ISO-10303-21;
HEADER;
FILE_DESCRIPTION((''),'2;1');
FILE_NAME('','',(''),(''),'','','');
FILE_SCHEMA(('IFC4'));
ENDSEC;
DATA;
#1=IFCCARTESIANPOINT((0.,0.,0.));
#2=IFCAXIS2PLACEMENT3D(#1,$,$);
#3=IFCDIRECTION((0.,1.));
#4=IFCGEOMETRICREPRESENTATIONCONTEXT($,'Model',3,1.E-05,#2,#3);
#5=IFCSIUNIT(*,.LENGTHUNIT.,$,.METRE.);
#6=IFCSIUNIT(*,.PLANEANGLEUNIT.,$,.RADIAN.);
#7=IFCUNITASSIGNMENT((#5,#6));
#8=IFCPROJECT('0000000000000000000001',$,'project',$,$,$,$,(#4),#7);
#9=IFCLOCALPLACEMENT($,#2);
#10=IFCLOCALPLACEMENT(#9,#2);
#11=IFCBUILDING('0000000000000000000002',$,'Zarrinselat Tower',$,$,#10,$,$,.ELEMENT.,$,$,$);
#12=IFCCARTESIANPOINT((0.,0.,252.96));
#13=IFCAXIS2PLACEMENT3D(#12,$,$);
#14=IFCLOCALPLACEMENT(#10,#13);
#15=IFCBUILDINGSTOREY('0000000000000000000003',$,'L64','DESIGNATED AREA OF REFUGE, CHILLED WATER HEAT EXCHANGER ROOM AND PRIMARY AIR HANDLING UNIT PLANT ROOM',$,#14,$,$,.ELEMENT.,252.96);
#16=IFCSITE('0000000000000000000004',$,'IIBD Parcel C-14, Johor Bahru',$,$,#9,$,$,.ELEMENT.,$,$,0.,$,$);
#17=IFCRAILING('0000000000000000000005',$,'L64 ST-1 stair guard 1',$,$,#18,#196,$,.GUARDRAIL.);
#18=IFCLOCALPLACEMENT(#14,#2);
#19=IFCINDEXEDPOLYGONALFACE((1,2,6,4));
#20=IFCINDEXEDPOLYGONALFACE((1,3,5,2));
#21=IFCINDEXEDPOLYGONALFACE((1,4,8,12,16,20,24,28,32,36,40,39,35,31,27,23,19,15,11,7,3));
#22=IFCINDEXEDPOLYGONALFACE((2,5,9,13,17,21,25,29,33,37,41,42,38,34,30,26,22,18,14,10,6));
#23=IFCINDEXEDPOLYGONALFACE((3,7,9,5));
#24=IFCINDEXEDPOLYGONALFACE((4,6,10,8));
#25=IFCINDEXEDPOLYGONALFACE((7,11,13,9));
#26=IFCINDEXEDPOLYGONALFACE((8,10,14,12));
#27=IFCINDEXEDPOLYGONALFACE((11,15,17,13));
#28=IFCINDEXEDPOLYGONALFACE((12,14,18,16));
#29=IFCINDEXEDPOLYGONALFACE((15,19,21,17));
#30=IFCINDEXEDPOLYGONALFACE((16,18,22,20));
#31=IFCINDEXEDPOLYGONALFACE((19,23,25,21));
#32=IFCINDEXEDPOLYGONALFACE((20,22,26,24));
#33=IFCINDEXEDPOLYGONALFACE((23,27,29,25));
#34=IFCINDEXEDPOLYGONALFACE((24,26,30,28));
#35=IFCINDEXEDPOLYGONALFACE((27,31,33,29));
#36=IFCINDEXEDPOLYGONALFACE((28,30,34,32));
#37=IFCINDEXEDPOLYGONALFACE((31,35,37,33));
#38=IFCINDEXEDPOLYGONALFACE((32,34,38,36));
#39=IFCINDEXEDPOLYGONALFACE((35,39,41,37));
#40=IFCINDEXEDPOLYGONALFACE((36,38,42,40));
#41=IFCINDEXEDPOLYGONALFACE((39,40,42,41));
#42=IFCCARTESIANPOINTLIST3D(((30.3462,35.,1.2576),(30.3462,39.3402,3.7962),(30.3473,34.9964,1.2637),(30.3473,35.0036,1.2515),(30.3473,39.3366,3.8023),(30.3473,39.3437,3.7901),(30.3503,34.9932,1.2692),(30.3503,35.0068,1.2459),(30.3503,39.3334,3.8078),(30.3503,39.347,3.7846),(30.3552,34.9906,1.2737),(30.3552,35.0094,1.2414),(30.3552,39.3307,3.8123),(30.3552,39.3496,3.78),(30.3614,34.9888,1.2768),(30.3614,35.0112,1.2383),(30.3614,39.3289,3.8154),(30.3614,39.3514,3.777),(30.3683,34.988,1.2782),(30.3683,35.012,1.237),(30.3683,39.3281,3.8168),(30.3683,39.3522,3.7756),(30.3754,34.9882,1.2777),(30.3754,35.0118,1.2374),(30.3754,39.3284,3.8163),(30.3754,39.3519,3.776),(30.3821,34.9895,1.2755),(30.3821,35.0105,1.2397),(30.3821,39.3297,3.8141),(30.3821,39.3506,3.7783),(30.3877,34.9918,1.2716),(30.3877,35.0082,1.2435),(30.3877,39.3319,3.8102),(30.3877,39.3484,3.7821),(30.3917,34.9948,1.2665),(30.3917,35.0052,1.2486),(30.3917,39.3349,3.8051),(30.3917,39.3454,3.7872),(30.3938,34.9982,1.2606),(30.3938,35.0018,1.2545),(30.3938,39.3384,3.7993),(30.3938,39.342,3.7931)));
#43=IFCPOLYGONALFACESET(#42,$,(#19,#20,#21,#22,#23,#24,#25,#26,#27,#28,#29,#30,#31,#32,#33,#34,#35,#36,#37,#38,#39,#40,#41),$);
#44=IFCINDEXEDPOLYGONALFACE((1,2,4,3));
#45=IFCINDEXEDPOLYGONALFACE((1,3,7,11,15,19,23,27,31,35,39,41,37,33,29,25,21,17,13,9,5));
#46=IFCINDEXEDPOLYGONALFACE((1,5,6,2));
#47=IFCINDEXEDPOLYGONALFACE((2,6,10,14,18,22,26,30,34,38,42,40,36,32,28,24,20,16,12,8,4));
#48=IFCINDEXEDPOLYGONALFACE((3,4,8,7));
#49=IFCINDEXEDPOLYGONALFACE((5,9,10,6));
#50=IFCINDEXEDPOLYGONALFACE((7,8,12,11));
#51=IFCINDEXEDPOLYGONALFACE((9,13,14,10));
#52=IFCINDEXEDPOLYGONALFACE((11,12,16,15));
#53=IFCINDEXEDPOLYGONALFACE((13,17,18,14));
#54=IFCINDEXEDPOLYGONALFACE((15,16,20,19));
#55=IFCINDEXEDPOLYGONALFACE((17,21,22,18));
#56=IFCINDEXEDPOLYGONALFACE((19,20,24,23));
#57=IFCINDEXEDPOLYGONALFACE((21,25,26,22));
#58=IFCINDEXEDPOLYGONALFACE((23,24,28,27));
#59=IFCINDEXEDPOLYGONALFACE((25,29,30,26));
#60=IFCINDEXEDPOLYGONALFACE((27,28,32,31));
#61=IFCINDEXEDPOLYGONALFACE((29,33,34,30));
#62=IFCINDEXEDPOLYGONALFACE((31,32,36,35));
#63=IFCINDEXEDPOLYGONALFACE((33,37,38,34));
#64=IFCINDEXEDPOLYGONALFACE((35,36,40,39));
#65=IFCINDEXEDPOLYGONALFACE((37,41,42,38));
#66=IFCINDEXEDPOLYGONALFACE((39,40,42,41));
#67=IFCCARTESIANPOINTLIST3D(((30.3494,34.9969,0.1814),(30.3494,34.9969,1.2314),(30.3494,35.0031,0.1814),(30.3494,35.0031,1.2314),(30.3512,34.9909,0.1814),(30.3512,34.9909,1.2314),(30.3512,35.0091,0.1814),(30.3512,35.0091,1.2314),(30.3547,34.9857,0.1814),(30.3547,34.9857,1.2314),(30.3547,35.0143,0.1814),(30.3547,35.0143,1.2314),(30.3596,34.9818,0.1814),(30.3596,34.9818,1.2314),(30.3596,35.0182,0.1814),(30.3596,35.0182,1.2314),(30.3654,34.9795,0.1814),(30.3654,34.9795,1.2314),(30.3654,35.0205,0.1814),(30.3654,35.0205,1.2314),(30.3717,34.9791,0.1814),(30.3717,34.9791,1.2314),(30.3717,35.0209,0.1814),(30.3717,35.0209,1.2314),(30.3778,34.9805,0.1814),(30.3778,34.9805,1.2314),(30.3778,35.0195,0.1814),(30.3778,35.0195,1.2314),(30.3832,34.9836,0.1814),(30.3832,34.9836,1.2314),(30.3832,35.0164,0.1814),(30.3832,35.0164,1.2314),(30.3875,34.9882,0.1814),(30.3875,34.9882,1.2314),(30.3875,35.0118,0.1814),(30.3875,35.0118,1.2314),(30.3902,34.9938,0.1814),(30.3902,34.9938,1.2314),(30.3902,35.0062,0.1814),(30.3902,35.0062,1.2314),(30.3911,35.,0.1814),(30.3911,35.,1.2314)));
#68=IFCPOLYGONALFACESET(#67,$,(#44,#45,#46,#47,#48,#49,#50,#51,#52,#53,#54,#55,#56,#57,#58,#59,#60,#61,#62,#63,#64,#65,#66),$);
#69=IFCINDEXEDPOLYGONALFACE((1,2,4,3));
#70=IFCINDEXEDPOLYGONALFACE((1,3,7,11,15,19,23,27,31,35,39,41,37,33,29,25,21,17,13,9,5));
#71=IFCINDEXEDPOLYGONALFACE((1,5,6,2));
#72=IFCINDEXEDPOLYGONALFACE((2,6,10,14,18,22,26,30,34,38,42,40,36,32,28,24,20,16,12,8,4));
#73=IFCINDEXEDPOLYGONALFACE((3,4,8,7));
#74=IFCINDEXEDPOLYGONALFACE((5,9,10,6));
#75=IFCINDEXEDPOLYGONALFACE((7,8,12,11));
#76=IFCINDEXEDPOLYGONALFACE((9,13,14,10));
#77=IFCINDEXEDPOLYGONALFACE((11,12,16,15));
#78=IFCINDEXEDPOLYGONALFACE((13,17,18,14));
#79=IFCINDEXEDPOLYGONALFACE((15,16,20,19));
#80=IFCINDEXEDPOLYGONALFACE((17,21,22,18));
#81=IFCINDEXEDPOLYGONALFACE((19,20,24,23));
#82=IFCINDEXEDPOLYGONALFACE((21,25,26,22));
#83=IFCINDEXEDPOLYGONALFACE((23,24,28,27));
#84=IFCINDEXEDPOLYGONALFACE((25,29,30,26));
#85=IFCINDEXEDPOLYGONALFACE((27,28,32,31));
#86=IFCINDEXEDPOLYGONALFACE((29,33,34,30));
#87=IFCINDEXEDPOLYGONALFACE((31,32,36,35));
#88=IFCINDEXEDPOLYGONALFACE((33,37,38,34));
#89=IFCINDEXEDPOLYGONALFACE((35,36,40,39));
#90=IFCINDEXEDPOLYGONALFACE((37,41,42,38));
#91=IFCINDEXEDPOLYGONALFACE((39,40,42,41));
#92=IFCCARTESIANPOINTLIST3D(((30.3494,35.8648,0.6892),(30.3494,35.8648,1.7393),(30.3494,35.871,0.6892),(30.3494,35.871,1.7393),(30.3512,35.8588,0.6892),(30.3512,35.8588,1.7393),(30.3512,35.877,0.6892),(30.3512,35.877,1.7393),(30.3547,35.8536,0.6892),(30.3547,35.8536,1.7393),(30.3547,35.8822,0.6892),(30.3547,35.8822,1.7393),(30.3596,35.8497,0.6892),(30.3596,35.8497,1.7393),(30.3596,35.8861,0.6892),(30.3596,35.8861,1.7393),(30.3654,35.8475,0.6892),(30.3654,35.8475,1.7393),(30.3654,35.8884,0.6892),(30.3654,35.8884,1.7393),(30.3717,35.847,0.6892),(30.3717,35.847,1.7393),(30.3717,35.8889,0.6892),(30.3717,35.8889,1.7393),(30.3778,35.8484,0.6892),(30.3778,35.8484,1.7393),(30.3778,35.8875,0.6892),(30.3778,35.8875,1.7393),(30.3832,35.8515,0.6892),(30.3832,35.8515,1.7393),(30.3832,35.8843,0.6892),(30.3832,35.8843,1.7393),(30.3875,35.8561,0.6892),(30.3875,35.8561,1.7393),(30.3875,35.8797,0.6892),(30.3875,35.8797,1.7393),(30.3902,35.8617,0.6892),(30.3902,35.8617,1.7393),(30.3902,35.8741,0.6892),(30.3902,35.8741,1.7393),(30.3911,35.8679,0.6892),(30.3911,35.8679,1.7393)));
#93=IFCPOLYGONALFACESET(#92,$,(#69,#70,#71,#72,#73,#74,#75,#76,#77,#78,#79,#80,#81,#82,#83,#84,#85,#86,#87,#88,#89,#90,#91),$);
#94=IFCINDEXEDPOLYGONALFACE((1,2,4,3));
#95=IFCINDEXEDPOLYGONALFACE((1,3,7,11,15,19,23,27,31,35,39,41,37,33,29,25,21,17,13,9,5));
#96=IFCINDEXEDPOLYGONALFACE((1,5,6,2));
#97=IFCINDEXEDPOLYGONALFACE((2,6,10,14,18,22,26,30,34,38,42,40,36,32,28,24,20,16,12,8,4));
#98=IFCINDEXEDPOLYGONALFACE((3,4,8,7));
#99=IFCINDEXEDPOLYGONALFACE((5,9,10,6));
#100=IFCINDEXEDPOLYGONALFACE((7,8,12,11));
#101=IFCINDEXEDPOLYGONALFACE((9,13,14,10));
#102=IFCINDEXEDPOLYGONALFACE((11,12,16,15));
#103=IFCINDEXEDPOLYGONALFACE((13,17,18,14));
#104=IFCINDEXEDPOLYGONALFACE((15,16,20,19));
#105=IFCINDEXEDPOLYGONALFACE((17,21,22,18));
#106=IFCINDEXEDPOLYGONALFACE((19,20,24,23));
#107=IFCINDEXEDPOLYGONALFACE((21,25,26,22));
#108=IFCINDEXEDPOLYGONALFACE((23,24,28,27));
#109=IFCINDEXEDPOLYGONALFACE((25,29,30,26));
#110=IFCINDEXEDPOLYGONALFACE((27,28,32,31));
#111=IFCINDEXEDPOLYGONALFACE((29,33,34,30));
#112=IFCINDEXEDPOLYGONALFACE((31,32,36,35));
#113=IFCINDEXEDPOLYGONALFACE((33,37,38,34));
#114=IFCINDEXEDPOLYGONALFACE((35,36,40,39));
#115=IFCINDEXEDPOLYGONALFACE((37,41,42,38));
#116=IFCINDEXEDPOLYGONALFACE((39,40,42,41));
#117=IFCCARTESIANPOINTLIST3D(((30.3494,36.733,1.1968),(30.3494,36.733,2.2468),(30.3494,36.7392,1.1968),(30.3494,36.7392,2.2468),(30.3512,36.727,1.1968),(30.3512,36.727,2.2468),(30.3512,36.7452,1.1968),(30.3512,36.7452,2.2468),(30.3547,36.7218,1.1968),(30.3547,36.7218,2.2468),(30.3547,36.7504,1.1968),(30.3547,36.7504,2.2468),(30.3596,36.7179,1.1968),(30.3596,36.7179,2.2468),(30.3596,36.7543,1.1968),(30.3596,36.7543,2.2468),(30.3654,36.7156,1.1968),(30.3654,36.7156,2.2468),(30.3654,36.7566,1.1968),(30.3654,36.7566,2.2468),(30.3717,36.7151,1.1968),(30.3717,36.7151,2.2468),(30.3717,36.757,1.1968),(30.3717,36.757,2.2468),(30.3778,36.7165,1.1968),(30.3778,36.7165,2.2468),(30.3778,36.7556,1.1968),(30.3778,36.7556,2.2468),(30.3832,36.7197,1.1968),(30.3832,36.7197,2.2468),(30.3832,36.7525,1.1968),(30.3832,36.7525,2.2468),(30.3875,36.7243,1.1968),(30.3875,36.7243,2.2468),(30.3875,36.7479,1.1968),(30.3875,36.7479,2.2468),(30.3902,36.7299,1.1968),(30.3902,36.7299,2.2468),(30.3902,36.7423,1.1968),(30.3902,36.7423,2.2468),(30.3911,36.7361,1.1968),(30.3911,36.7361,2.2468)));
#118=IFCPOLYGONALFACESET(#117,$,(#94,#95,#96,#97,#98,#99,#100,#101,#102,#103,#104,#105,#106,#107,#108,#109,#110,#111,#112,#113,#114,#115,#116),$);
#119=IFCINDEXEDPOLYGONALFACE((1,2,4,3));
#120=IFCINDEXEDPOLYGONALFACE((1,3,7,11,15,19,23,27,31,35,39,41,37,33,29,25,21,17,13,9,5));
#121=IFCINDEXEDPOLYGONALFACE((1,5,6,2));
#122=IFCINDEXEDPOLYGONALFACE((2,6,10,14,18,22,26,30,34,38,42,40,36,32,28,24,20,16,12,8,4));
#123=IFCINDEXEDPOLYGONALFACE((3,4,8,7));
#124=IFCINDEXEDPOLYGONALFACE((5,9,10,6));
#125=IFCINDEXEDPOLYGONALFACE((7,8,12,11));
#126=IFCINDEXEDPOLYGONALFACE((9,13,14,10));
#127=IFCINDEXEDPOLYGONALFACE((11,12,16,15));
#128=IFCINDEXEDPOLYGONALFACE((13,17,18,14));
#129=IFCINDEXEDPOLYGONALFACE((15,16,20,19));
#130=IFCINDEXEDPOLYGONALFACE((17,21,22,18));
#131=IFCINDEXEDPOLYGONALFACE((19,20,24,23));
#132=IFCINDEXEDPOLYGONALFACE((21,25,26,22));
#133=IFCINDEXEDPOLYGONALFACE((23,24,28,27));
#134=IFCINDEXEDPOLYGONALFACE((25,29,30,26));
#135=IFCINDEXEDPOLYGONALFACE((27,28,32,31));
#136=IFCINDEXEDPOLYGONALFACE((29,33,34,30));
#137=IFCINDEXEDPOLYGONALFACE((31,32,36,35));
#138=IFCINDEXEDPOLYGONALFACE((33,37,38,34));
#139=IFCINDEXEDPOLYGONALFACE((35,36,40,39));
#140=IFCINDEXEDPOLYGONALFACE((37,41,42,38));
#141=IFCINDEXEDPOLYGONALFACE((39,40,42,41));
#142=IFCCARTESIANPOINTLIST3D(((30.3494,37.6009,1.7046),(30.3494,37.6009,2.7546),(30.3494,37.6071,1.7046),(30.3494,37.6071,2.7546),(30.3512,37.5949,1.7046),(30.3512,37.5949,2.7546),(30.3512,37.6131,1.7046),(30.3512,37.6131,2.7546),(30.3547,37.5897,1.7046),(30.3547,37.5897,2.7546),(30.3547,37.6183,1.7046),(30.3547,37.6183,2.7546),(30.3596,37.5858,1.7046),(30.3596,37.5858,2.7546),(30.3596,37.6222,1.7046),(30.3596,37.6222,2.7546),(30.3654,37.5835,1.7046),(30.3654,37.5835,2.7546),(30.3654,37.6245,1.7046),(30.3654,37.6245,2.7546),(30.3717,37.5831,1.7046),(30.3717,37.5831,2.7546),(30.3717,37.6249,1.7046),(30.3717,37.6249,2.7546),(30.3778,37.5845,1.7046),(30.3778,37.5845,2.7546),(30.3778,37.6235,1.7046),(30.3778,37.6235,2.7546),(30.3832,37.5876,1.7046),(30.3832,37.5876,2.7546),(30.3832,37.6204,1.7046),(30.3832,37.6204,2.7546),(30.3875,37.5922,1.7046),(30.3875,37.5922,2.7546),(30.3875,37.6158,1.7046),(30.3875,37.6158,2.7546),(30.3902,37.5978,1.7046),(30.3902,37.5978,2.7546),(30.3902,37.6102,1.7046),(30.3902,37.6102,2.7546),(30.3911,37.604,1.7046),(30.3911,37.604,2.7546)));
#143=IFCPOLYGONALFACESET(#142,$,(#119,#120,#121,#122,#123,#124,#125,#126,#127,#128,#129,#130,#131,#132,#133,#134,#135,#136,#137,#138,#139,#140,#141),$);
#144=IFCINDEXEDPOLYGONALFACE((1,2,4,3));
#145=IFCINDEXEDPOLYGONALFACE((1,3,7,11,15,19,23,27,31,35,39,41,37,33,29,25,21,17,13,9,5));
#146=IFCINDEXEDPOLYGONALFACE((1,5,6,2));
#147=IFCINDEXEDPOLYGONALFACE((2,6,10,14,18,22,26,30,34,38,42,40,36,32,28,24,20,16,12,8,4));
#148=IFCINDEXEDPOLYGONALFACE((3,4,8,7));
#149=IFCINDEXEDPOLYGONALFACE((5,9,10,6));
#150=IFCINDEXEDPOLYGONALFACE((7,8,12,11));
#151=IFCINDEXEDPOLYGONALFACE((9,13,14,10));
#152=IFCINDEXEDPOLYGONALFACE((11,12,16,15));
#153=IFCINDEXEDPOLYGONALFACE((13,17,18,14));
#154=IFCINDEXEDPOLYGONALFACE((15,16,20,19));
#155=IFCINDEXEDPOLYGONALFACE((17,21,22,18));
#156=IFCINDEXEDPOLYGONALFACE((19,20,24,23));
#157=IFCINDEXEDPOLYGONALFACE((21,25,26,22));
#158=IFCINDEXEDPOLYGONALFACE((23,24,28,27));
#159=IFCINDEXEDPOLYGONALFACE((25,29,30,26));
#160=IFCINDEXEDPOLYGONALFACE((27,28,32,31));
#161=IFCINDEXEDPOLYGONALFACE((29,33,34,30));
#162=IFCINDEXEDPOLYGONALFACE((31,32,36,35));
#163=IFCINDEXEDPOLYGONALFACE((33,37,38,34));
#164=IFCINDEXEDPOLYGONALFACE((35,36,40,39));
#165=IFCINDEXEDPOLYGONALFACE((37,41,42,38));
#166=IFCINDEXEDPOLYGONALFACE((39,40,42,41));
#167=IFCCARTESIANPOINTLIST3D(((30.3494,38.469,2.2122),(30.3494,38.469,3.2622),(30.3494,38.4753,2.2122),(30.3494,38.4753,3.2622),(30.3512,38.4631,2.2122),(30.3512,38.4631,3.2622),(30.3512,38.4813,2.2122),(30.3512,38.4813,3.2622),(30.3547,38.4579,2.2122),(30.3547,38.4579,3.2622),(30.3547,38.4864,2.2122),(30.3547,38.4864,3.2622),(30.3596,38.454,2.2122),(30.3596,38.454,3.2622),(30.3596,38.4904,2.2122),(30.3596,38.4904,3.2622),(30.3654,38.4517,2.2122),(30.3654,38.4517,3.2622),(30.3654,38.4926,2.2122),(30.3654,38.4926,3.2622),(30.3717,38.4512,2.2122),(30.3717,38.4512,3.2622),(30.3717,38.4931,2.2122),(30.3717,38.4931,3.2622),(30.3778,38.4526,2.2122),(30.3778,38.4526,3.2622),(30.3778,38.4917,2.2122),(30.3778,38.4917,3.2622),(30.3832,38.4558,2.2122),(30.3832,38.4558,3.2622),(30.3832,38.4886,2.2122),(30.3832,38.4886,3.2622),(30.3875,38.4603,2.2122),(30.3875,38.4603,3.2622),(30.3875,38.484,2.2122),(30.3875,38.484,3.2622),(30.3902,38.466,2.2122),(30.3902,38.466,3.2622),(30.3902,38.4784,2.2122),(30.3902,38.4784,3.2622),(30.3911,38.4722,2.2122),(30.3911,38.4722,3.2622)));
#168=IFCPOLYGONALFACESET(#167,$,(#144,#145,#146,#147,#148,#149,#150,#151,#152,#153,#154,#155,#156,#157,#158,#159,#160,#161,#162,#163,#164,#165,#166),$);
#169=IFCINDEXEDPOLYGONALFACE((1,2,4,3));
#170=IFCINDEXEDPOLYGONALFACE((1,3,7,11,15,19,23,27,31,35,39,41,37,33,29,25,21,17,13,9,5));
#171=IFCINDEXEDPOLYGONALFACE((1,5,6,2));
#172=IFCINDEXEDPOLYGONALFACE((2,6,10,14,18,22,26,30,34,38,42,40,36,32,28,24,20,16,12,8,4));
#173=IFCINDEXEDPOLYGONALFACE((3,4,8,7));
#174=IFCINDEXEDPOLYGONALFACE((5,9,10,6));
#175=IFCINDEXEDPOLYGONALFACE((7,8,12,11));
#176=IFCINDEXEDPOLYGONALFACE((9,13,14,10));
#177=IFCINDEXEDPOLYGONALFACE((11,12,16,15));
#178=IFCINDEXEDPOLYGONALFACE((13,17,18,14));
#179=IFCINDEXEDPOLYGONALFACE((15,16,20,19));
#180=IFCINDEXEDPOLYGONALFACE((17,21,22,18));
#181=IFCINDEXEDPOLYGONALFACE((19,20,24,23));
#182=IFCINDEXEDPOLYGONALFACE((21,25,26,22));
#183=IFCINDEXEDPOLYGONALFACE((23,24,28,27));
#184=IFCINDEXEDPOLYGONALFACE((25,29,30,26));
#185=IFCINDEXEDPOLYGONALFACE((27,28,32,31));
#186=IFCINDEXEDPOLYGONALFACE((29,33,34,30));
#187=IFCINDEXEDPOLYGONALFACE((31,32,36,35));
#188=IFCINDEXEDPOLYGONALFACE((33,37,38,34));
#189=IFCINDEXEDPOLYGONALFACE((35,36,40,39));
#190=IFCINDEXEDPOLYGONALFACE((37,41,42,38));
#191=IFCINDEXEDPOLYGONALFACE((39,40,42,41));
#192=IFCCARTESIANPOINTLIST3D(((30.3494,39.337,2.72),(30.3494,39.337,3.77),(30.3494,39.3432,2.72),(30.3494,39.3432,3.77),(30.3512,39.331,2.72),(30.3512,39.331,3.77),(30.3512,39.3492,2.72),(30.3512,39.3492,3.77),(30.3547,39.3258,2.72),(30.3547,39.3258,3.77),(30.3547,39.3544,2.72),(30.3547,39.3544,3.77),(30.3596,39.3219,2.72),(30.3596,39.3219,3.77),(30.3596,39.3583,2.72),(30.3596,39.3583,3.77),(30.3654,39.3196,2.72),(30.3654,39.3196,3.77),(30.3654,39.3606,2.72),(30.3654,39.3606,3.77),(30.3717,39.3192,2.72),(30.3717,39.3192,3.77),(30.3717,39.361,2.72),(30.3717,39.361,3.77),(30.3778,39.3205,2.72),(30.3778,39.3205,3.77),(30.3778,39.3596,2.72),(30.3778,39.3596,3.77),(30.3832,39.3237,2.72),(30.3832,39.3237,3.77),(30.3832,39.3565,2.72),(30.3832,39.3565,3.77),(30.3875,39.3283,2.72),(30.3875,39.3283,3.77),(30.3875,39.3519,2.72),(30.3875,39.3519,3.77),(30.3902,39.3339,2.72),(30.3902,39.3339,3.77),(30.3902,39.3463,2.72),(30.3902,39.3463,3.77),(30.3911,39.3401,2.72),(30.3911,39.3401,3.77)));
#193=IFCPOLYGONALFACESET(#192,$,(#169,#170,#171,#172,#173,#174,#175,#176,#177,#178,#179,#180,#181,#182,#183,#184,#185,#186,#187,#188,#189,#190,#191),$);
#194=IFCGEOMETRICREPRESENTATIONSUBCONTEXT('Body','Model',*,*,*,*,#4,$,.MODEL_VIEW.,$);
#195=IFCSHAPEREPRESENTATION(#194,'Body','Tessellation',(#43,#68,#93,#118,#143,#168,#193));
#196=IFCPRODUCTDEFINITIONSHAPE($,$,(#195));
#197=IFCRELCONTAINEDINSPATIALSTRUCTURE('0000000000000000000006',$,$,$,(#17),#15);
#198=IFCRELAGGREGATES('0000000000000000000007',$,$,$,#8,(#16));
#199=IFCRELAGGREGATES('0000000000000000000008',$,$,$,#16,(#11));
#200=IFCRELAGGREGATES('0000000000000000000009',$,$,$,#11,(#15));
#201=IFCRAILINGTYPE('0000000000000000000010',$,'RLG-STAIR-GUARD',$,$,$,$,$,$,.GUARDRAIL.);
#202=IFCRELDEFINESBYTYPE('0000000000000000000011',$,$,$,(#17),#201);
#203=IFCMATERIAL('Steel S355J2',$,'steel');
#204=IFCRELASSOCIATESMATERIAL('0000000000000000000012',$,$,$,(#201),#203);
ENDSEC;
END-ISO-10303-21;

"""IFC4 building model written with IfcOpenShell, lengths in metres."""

from ifc_helpers import new_model, si_unit, direction, frame, origin, origin_2d, place, context, subcontext, project, spatial, circle, extrude, material, type_object, element, save


model = new_model("IFC4")

# Units and contexts
model_context = context("Model", 3, precision=1e-05, world=origin(), true_north=direction((0.0, 1.0)))
body_context = subcontext(model_context, "Body", "Model", "MODEL_VIEW")
ifc_project = project(units=[si_unit("LENGTHUNIT", "METRE"), si_unit("PLANEANGLEUNIT", "RADIAN")], contexts=[model_context])

# Site, building, storey
site_placement = place(None, origin())
site = spatial("IfcSite", under=ifc_project, at=site_placement, Name="IIBD Parcel C-14, Johor Bahru", CompositionType="ELEMENT", RefElevation=0.0)
building_placement = place(site_placement, origin())
building = spatial("IfcBuilding", under=site, at=building_placement, Name="Zarrinselat Tower", CompositionType="ELEMENT")
storey_placement = place(building_placement, frame((0.0, 0.0, 252.96)))
storey = spatial("IfcBuildingStorey", under=building, at=storey_placement, Name="L64", Description="DESIGNATED AREA OF REFUGE, CHILLED WATER HEAT EXCHANGER ROOM AND PRIMARY AIR HANDLING UNIT PLANT ROOM", CompositionType="ELEMENT", Elevation=252.96)

# Railing
ifc_material_1 = material(Name="Steel S355J2", Category="steel")
railing_type_1 = type_object("IfcRailingType", Name="RLG-STAIR-GUARD", PredefinedType="GUARDRAIL", material=ifc_material_1)
railing_1_placement = place(storey_placement, frame((30.3701, 35.0, 0.1814)))
element("IfcRailing", 1, at=railing_1_placement, inside=storey, type_object=railing_type_1, Name="L64 ST-1 stair guard 1", PredefinedType="GUARDRAIL", context=body_context, shape_type="SweptSolid", body=[
    extrude(circle(Radius=0.0239, at=origin_2d()), frame((0.0, 0.0, 1.0762), z_axis=(0.0, 0.863185, 0.504888), x_axis=(-1.0, 0.0, 0.0)), (0.0, 0.0, 1.0), 5.0281),
    extrude(circle(Radius=0.021, at=origin_2d()), origin(), (0.0, 0.0, 1.0), 1.05),
    extrude(circle(Radius=0.021, at=origin_2d()), frame((0.0, 0.8679, 0.5078)), (0.0, 0.0, 1.0), 1.05),
    extrude(circle(Radius=0.021, at=origin_2d()), frame((0.0, 1.7361, 1.0154)), (0.0, 0.0, 1.0), 1.05),
    extrude(circle(Radius=0.021, at=origin_2d()), frame((0.0, 2.604, 1.5232)), (0.0, 0.0, 1.0), 1.05),
    extrude(circle(Radius=0.021, at=origin_2d()), frame((0.0, 3.4722, 2.0308)), (0.0, 0.0, 1.0), 1.05),
    extrude(circle(Radius=0.021, at=origin_2d()), frame((0.0, 4.3401, 2.5386)), (0.0, 0.0, 1.0), 1.05),
])

save(model, "model.ifc")
